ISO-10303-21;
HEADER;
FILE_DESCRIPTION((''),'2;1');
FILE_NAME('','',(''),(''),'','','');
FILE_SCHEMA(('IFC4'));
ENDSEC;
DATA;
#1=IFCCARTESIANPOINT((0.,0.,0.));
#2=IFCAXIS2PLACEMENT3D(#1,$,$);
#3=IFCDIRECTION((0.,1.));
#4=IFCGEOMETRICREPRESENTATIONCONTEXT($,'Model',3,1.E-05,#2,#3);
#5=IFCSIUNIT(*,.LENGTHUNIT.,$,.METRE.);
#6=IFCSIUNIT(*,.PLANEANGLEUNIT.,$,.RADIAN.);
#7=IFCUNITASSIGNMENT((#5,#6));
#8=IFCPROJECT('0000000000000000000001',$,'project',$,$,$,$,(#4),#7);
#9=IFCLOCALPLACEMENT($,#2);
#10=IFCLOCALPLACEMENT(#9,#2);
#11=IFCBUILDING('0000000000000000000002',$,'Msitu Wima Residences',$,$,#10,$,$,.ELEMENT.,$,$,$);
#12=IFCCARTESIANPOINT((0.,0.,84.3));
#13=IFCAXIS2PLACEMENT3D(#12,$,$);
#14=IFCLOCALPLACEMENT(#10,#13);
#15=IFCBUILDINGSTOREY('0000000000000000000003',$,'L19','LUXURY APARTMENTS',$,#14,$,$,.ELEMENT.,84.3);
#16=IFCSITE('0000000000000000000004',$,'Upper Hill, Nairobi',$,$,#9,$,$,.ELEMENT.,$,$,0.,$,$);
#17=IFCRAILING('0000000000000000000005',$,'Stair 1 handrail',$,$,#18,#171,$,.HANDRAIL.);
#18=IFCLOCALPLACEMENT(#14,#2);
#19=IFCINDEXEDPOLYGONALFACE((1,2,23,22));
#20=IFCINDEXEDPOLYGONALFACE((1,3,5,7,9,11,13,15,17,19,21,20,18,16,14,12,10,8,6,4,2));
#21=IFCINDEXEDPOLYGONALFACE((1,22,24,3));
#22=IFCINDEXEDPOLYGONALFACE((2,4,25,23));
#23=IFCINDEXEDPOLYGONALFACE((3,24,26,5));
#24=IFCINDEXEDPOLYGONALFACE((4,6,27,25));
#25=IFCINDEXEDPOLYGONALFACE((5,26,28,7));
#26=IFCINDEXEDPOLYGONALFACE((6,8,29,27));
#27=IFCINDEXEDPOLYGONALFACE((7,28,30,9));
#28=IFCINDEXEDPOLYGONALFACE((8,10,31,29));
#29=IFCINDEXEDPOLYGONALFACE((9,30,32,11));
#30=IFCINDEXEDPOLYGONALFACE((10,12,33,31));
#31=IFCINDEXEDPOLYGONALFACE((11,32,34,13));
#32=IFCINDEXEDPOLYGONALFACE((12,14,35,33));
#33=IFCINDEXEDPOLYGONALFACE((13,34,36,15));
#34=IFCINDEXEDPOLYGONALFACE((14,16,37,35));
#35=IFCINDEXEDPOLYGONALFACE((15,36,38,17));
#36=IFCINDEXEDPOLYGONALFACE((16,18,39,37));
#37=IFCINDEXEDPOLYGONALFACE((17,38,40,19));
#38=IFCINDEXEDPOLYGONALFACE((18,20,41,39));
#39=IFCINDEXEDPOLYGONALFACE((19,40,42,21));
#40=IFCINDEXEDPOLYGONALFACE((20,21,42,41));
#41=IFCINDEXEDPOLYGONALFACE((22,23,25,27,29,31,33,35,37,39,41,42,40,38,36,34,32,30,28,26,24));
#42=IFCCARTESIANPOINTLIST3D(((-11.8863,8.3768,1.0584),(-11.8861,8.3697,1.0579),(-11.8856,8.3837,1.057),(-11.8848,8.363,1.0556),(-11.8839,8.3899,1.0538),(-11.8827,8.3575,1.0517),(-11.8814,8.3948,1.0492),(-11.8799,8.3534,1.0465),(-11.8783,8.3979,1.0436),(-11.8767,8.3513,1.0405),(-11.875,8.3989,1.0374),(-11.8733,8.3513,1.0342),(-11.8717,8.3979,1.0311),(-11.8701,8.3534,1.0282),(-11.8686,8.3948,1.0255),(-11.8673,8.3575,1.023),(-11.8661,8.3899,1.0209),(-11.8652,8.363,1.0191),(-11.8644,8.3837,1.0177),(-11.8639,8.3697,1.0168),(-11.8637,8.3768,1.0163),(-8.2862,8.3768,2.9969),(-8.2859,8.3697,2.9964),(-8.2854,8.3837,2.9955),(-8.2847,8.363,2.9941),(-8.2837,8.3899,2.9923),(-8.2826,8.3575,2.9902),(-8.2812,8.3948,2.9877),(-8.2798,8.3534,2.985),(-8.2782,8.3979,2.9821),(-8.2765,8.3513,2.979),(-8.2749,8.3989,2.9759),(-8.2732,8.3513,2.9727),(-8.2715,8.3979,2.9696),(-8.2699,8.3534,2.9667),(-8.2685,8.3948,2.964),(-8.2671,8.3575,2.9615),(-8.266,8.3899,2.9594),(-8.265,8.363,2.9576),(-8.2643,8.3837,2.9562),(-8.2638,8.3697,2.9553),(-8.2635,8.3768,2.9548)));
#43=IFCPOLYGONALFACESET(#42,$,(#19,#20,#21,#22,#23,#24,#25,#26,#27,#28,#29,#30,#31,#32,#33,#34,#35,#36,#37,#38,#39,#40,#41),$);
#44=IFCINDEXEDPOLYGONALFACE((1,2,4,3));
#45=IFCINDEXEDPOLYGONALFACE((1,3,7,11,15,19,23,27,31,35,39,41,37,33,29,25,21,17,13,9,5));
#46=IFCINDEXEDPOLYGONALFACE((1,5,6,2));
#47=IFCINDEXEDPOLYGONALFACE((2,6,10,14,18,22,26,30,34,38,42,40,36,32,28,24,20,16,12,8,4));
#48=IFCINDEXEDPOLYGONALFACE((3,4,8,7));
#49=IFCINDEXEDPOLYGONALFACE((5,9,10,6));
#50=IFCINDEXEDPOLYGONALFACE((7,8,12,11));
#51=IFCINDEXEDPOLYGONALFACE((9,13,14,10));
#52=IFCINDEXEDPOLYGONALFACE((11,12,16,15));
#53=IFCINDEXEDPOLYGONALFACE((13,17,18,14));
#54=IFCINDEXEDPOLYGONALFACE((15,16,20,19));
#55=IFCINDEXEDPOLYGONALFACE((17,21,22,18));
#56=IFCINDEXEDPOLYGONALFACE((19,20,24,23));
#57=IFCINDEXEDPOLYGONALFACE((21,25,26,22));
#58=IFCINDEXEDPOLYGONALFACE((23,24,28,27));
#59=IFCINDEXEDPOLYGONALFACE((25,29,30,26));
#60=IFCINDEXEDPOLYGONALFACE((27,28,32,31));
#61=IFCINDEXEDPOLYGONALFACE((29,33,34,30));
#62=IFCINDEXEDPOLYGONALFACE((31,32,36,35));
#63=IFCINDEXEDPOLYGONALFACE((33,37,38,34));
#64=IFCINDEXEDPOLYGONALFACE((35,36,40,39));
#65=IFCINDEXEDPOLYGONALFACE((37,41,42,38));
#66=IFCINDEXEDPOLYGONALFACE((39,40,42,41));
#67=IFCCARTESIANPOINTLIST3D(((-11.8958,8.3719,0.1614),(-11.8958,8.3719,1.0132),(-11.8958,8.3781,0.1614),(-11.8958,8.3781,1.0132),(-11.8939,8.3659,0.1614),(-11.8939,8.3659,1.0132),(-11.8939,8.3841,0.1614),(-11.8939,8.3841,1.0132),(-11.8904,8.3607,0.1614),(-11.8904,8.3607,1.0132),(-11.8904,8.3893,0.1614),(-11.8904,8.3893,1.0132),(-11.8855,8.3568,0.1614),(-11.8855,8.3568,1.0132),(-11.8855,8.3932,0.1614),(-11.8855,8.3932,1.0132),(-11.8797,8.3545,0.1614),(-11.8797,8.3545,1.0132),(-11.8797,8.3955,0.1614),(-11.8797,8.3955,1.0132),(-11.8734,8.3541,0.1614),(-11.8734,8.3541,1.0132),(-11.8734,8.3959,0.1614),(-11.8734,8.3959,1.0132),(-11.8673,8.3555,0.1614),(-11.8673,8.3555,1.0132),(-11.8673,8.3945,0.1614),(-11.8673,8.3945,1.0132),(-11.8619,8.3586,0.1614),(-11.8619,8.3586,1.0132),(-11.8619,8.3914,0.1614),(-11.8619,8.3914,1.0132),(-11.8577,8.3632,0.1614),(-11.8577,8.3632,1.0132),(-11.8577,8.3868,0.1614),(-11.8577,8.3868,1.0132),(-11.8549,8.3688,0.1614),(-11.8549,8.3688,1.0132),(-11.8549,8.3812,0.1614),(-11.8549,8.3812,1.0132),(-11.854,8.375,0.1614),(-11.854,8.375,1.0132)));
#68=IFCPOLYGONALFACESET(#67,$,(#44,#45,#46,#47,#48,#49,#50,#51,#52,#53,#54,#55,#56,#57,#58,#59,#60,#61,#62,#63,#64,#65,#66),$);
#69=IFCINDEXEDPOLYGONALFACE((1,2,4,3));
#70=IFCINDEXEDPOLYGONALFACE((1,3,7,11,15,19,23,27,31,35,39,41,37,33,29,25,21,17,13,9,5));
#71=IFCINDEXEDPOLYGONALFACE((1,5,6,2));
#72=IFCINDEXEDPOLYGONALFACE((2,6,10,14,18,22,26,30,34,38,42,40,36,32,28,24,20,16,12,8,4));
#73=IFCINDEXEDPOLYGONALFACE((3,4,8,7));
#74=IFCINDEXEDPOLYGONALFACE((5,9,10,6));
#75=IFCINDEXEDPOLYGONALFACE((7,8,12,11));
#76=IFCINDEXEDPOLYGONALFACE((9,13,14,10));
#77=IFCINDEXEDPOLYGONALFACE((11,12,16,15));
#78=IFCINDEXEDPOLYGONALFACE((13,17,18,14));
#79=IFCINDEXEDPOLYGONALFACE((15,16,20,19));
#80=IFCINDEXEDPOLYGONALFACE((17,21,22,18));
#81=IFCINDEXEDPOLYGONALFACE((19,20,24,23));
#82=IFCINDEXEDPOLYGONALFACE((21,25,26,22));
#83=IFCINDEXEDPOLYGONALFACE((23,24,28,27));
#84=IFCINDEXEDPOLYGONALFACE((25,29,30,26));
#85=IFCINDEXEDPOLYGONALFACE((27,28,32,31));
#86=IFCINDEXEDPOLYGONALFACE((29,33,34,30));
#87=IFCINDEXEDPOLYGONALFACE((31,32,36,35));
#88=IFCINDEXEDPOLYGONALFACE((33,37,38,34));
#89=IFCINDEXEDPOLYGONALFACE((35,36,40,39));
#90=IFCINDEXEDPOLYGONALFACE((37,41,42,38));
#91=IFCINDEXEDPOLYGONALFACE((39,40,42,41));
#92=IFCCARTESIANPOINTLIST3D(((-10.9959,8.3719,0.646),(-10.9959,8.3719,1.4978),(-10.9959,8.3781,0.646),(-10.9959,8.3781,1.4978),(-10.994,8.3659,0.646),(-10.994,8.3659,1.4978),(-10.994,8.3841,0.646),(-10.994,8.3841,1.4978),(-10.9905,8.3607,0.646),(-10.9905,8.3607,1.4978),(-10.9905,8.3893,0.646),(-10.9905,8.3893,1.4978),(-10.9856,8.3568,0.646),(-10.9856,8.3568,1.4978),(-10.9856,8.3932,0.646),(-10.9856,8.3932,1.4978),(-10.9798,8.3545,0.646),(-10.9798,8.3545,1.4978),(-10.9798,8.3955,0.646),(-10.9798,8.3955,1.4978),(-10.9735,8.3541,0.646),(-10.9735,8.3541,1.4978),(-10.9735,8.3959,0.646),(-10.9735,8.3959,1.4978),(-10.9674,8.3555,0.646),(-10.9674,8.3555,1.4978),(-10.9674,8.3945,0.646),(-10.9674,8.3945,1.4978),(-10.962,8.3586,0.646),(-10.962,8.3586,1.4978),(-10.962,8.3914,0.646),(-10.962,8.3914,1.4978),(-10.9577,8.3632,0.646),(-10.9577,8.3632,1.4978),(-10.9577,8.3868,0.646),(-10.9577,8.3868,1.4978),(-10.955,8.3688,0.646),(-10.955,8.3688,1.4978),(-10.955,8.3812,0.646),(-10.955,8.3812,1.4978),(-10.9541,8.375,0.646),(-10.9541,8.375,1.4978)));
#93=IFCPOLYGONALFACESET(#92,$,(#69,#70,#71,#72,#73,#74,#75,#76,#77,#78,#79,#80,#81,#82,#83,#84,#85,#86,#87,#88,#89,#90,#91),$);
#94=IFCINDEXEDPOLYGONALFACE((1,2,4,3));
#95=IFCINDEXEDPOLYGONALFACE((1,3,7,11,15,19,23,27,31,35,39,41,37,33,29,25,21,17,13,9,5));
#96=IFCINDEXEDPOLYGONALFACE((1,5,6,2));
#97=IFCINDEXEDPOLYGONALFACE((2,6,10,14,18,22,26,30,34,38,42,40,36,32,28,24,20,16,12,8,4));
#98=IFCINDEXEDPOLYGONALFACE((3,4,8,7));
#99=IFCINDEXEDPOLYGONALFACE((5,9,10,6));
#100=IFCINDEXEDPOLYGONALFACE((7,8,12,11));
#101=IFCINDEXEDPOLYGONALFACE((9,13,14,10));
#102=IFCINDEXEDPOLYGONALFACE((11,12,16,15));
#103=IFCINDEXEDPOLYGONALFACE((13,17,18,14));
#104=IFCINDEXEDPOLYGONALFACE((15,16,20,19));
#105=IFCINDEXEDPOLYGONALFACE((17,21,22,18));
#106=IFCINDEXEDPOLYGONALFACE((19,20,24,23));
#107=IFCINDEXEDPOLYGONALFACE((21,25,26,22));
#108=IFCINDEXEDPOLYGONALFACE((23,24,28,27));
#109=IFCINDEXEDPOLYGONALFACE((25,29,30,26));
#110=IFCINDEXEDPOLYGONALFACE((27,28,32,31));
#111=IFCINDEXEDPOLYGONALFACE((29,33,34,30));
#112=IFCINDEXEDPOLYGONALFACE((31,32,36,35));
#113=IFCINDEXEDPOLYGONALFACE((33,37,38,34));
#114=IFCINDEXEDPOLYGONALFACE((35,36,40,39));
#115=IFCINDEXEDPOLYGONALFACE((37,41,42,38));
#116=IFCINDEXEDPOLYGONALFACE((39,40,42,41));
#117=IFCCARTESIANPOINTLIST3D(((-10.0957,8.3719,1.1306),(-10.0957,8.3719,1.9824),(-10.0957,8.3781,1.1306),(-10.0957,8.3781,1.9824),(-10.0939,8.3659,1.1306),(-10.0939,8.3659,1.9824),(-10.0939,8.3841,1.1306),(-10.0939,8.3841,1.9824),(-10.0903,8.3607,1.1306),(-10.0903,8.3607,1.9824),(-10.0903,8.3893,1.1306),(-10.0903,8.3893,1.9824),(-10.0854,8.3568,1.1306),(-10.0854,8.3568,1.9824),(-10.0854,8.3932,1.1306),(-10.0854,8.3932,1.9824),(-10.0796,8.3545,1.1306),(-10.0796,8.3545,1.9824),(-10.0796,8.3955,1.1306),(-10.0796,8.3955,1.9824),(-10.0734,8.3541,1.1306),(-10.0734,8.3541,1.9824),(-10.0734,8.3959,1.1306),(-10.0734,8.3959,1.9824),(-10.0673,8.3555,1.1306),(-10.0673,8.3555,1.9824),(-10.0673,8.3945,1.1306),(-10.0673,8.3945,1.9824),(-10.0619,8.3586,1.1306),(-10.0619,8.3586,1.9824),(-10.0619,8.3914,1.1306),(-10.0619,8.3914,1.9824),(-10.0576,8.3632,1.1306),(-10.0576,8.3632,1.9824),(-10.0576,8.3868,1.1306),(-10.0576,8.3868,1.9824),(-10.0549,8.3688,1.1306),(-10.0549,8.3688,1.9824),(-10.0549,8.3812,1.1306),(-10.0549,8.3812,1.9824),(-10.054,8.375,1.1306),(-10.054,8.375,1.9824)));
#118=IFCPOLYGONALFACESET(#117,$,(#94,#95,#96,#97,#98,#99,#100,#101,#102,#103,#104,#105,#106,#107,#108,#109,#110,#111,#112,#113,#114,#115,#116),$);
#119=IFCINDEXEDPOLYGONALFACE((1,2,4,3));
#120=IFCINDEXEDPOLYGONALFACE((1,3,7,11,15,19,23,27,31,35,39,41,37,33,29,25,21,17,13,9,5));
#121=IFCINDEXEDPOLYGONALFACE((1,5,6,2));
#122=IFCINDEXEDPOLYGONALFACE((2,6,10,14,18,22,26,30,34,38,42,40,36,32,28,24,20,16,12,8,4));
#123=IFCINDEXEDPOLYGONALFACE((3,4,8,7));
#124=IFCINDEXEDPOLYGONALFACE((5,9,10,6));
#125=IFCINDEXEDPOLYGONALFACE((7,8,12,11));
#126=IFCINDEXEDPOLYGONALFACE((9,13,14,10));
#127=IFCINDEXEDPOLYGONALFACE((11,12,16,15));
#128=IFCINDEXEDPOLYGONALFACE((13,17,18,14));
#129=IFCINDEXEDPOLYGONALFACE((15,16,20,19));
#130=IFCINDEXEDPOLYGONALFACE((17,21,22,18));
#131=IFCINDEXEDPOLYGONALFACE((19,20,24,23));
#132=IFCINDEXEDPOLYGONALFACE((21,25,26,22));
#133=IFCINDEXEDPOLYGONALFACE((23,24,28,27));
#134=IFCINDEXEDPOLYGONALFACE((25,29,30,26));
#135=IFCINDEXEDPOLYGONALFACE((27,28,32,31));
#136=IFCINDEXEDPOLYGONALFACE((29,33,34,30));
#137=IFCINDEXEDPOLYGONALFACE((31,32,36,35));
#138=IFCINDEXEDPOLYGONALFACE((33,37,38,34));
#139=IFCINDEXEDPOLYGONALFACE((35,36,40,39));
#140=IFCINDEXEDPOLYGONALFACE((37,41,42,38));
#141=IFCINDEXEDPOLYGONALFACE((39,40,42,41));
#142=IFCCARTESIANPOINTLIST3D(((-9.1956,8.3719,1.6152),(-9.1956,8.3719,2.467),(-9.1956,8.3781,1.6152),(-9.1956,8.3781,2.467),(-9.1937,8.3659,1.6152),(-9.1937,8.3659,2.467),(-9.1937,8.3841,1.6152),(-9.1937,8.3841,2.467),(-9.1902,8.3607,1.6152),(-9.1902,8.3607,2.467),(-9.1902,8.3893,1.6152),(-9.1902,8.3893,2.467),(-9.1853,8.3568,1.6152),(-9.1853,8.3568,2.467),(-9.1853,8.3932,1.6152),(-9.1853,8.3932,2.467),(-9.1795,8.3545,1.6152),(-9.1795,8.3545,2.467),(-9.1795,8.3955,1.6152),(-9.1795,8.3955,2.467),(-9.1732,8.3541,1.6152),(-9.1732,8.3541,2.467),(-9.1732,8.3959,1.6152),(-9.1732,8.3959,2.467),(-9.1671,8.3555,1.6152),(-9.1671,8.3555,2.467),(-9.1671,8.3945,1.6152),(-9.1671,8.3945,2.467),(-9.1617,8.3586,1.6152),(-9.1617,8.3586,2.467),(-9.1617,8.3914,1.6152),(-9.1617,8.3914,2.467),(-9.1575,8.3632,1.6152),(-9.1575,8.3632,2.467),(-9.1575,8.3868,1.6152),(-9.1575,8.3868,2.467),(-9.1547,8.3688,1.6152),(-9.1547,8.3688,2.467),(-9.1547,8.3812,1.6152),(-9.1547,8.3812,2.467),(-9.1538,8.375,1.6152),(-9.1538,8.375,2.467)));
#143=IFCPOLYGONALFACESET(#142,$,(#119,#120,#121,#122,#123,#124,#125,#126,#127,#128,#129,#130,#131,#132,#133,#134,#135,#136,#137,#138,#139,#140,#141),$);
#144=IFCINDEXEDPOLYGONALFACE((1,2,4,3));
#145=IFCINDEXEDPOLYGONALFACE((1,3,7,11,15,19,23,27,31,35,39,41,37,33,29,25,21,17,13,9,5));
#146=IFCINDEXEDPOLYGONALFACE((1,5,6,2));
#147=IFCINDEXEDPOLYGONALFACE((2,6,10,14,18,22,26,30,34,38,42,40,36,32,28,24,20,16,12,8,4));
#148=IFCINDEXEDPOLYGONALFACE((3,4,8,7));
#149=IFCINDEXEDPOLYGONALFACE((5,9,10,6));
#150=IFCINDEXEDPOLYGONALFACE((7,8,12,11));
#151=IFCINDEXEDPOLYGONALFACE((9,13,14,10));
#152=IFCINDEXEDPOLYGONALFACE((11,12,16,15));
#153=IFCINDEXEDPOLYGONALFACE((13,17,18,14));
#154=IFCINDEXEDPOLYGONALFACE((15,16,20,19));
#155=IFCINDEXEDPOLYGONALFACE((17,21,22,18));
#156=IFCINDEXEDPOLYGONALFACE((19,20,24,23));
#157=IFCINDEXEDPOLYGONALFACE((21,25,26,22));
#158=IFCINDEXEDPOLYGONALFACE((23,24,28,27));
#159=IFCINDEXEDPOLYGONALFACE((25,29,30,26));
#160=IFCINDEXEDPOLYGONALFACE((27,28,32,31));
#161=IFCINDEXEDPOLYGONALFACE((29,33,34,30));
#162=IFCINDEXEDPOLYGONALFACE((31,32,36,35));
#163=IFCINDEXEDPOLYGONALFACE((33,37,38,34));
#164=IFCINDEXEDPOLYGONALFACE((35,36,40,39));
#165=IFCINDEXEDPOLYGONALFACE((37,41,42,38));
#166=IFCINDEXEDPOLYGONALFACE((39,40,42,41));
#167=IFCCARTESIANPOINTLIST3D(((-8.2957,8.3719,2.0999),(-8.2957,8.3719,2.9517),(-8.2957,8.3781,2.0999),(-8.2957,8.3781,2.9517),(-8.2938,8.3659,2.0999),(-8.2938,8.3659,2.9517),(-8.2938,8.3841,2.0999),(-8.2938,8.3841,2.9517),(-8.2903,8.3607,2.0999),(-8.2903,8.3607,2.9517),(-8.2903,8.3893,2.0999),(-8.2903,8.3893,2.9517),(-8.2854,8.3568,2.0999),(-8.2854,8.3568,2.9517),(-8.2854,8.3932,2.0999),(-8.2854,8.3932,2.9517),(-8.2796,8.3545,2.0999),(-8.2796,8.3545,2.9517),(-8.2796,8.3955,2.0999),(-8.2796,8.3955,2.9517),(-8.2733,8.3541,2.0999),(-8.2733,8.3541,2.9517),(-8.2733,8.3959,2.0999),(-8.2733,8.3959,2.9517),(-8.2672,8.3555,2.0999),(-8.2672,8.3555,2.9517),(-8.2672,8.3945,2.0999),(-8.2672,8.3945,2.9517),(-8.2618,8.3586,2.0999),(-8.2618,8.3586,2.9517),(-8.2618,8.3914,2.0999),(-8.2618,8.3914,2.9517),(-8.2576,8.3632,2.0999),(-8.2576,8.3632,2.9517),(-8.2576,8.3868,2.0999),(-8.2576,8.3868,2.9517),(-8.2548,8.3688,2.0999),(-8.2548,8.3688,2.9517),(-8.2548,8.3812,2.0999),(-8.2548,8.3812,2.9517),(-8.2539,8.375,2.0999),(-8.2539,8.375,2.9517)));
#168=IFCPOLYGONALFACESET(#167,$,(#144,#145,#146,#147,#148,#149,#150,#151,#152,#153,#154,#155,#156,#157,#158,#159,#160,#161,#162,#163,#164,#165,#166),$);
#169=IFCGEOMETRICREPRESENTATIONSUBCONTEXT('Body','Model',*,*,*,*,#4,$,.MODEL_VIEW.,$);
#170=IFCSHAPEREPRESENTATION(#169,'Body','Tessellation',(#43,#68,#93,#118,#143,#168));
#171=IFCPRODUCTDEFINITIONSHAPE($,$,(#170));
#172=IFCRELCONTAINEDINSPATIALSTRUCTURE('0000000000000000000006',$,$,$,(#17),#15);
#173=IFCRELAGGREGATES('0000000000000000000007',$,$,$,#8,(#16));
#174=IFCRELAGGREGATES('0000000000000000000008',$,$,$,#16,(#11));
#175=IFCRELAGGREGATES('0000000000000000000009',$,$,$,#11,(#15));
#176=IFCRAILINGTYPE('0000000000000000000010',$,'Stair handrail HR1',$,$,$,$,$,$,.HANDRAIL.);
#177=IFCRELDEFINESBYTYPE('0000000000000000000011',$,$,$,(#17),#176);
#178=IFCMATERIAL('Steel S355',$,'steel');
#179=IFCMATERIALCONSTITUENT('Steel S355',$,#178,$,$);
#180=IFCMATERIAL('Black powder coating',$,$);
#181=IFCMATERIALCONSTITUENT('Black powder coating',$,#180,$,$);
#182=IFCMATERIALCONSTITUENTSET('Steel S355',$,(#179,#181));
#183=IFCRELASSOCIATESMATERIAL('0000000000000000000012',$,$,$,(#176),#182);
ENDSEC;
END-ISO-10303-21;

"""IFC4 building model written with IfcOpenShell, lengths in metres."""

from ifc_helpers import new_model, si_unit, direction, frame, origin, origin_2d, place, context, subcontext, project, spatial, circle, extrude, material, constituent, constituent_set, type_object, element, save


model = new_model("IFC4")

# Units and contexts
model_context = context("Model", 3, precision=1e-05, world=origin(), true_north=direction((0.0, 1.0)))
body_context = subcontext(model_context, "Body", "Model", "MODEL_VIEW")
ifc_project = project(units=[si_unit("LENGTHUNIT", "METRE"), si_unit("PLANEANGLEUNIT", "RADIAN")], contexts=[model_context])

# Site, building, storey
site_placement = place(None, origin())
site = spatial("IfcSite", under=ifc_project, at=site_placement, Name="Upper Hill, Nairobi", CompositionType="ELEMENT", RefElevation=0.0)
building_placement = place(site_placement, origin())
building = spatial("IfcBuilding", under=site, at=building_placement, Name="Msitu Wima Residences", CompositionType="ELEMENT")
storey_placement = place(building_placement, frame((0.0, 0.0, 84.3)))
storey = spatial("IfcBuildingStorey", under=building, at=storey_placement, Name="L19", Description="LUXURY APARTMENTS", CompositionType="ELEMENT", Elevation=84.3)

# Railing
ifc_material_1 = material(Name="Steel S355", Category="steel")
ifc_constituent_1 = constituent(ifc_material_1, Name="Steel S355")
ifc_material_2 = material(Name="Black powder coating")
ifc_constituent_2 = constituent(ifc_material_2, Name="Black powder coating")
ifc_constituent_set = constituent_set(constituents=[ifc_constituent_1, ifc_constituent_2], Name="Steel S355")
railing_type = type_object("IfcRailingType", Name="Stair handrail HR1", PredefinedType="HANDRAIL", material=ifc_constituent_set)
for number, where, name in (
    (1, (-11.875, 8.375, 0.1614), "Stair 1 handrail"),
):
    element("IfcRailing", number, at=place(storey_placement, frame(where)), inside=storey, type_object=railing_type, Name=name, PredefinedType="HANDRAIL", context=body_context, shape_type="SweptSolid", body=[
        extrude(circle(Radius=0.0239, at=origin_2d()), frame((0.0, 0.0, 0.876), z_axis=(0.880475, 0.0, 0.474093), x_axis=(0.0, 1.0, 0.0)), (0.0, 0.0, 1.0), 4.0889),
        extrude(circle(Radius=0.021, at=origin_2d()), origin(), (0.0, 0.0, 1.0), 0.8518),
        extrude(circle(Radius=0.021, at=origin_2d()), frame((0.8999, 0.0, 0.4846)), (0.0, 0.0, 1.0), 0.8518),
        extrude(circle(Radius=0.021, at=origin_2d()), frame((1.8, 0.0, 0.9692)), (0.0, 0.0, 1.0), 0.8518),
        extrude(circle(Radius=0.021, at=origin_2d()), frame((2.7002, 0.0, 1.4539)), (0.0, 0.0, 1.0), 0.8518),
        extrude(circle(Radius=0.021, at=origin_2d()), frame((3.6001, 0.0, 1.9385)), (0.0, 0.0, 1.0), 0.8518),
    ])

save(model, "model.ifc")
